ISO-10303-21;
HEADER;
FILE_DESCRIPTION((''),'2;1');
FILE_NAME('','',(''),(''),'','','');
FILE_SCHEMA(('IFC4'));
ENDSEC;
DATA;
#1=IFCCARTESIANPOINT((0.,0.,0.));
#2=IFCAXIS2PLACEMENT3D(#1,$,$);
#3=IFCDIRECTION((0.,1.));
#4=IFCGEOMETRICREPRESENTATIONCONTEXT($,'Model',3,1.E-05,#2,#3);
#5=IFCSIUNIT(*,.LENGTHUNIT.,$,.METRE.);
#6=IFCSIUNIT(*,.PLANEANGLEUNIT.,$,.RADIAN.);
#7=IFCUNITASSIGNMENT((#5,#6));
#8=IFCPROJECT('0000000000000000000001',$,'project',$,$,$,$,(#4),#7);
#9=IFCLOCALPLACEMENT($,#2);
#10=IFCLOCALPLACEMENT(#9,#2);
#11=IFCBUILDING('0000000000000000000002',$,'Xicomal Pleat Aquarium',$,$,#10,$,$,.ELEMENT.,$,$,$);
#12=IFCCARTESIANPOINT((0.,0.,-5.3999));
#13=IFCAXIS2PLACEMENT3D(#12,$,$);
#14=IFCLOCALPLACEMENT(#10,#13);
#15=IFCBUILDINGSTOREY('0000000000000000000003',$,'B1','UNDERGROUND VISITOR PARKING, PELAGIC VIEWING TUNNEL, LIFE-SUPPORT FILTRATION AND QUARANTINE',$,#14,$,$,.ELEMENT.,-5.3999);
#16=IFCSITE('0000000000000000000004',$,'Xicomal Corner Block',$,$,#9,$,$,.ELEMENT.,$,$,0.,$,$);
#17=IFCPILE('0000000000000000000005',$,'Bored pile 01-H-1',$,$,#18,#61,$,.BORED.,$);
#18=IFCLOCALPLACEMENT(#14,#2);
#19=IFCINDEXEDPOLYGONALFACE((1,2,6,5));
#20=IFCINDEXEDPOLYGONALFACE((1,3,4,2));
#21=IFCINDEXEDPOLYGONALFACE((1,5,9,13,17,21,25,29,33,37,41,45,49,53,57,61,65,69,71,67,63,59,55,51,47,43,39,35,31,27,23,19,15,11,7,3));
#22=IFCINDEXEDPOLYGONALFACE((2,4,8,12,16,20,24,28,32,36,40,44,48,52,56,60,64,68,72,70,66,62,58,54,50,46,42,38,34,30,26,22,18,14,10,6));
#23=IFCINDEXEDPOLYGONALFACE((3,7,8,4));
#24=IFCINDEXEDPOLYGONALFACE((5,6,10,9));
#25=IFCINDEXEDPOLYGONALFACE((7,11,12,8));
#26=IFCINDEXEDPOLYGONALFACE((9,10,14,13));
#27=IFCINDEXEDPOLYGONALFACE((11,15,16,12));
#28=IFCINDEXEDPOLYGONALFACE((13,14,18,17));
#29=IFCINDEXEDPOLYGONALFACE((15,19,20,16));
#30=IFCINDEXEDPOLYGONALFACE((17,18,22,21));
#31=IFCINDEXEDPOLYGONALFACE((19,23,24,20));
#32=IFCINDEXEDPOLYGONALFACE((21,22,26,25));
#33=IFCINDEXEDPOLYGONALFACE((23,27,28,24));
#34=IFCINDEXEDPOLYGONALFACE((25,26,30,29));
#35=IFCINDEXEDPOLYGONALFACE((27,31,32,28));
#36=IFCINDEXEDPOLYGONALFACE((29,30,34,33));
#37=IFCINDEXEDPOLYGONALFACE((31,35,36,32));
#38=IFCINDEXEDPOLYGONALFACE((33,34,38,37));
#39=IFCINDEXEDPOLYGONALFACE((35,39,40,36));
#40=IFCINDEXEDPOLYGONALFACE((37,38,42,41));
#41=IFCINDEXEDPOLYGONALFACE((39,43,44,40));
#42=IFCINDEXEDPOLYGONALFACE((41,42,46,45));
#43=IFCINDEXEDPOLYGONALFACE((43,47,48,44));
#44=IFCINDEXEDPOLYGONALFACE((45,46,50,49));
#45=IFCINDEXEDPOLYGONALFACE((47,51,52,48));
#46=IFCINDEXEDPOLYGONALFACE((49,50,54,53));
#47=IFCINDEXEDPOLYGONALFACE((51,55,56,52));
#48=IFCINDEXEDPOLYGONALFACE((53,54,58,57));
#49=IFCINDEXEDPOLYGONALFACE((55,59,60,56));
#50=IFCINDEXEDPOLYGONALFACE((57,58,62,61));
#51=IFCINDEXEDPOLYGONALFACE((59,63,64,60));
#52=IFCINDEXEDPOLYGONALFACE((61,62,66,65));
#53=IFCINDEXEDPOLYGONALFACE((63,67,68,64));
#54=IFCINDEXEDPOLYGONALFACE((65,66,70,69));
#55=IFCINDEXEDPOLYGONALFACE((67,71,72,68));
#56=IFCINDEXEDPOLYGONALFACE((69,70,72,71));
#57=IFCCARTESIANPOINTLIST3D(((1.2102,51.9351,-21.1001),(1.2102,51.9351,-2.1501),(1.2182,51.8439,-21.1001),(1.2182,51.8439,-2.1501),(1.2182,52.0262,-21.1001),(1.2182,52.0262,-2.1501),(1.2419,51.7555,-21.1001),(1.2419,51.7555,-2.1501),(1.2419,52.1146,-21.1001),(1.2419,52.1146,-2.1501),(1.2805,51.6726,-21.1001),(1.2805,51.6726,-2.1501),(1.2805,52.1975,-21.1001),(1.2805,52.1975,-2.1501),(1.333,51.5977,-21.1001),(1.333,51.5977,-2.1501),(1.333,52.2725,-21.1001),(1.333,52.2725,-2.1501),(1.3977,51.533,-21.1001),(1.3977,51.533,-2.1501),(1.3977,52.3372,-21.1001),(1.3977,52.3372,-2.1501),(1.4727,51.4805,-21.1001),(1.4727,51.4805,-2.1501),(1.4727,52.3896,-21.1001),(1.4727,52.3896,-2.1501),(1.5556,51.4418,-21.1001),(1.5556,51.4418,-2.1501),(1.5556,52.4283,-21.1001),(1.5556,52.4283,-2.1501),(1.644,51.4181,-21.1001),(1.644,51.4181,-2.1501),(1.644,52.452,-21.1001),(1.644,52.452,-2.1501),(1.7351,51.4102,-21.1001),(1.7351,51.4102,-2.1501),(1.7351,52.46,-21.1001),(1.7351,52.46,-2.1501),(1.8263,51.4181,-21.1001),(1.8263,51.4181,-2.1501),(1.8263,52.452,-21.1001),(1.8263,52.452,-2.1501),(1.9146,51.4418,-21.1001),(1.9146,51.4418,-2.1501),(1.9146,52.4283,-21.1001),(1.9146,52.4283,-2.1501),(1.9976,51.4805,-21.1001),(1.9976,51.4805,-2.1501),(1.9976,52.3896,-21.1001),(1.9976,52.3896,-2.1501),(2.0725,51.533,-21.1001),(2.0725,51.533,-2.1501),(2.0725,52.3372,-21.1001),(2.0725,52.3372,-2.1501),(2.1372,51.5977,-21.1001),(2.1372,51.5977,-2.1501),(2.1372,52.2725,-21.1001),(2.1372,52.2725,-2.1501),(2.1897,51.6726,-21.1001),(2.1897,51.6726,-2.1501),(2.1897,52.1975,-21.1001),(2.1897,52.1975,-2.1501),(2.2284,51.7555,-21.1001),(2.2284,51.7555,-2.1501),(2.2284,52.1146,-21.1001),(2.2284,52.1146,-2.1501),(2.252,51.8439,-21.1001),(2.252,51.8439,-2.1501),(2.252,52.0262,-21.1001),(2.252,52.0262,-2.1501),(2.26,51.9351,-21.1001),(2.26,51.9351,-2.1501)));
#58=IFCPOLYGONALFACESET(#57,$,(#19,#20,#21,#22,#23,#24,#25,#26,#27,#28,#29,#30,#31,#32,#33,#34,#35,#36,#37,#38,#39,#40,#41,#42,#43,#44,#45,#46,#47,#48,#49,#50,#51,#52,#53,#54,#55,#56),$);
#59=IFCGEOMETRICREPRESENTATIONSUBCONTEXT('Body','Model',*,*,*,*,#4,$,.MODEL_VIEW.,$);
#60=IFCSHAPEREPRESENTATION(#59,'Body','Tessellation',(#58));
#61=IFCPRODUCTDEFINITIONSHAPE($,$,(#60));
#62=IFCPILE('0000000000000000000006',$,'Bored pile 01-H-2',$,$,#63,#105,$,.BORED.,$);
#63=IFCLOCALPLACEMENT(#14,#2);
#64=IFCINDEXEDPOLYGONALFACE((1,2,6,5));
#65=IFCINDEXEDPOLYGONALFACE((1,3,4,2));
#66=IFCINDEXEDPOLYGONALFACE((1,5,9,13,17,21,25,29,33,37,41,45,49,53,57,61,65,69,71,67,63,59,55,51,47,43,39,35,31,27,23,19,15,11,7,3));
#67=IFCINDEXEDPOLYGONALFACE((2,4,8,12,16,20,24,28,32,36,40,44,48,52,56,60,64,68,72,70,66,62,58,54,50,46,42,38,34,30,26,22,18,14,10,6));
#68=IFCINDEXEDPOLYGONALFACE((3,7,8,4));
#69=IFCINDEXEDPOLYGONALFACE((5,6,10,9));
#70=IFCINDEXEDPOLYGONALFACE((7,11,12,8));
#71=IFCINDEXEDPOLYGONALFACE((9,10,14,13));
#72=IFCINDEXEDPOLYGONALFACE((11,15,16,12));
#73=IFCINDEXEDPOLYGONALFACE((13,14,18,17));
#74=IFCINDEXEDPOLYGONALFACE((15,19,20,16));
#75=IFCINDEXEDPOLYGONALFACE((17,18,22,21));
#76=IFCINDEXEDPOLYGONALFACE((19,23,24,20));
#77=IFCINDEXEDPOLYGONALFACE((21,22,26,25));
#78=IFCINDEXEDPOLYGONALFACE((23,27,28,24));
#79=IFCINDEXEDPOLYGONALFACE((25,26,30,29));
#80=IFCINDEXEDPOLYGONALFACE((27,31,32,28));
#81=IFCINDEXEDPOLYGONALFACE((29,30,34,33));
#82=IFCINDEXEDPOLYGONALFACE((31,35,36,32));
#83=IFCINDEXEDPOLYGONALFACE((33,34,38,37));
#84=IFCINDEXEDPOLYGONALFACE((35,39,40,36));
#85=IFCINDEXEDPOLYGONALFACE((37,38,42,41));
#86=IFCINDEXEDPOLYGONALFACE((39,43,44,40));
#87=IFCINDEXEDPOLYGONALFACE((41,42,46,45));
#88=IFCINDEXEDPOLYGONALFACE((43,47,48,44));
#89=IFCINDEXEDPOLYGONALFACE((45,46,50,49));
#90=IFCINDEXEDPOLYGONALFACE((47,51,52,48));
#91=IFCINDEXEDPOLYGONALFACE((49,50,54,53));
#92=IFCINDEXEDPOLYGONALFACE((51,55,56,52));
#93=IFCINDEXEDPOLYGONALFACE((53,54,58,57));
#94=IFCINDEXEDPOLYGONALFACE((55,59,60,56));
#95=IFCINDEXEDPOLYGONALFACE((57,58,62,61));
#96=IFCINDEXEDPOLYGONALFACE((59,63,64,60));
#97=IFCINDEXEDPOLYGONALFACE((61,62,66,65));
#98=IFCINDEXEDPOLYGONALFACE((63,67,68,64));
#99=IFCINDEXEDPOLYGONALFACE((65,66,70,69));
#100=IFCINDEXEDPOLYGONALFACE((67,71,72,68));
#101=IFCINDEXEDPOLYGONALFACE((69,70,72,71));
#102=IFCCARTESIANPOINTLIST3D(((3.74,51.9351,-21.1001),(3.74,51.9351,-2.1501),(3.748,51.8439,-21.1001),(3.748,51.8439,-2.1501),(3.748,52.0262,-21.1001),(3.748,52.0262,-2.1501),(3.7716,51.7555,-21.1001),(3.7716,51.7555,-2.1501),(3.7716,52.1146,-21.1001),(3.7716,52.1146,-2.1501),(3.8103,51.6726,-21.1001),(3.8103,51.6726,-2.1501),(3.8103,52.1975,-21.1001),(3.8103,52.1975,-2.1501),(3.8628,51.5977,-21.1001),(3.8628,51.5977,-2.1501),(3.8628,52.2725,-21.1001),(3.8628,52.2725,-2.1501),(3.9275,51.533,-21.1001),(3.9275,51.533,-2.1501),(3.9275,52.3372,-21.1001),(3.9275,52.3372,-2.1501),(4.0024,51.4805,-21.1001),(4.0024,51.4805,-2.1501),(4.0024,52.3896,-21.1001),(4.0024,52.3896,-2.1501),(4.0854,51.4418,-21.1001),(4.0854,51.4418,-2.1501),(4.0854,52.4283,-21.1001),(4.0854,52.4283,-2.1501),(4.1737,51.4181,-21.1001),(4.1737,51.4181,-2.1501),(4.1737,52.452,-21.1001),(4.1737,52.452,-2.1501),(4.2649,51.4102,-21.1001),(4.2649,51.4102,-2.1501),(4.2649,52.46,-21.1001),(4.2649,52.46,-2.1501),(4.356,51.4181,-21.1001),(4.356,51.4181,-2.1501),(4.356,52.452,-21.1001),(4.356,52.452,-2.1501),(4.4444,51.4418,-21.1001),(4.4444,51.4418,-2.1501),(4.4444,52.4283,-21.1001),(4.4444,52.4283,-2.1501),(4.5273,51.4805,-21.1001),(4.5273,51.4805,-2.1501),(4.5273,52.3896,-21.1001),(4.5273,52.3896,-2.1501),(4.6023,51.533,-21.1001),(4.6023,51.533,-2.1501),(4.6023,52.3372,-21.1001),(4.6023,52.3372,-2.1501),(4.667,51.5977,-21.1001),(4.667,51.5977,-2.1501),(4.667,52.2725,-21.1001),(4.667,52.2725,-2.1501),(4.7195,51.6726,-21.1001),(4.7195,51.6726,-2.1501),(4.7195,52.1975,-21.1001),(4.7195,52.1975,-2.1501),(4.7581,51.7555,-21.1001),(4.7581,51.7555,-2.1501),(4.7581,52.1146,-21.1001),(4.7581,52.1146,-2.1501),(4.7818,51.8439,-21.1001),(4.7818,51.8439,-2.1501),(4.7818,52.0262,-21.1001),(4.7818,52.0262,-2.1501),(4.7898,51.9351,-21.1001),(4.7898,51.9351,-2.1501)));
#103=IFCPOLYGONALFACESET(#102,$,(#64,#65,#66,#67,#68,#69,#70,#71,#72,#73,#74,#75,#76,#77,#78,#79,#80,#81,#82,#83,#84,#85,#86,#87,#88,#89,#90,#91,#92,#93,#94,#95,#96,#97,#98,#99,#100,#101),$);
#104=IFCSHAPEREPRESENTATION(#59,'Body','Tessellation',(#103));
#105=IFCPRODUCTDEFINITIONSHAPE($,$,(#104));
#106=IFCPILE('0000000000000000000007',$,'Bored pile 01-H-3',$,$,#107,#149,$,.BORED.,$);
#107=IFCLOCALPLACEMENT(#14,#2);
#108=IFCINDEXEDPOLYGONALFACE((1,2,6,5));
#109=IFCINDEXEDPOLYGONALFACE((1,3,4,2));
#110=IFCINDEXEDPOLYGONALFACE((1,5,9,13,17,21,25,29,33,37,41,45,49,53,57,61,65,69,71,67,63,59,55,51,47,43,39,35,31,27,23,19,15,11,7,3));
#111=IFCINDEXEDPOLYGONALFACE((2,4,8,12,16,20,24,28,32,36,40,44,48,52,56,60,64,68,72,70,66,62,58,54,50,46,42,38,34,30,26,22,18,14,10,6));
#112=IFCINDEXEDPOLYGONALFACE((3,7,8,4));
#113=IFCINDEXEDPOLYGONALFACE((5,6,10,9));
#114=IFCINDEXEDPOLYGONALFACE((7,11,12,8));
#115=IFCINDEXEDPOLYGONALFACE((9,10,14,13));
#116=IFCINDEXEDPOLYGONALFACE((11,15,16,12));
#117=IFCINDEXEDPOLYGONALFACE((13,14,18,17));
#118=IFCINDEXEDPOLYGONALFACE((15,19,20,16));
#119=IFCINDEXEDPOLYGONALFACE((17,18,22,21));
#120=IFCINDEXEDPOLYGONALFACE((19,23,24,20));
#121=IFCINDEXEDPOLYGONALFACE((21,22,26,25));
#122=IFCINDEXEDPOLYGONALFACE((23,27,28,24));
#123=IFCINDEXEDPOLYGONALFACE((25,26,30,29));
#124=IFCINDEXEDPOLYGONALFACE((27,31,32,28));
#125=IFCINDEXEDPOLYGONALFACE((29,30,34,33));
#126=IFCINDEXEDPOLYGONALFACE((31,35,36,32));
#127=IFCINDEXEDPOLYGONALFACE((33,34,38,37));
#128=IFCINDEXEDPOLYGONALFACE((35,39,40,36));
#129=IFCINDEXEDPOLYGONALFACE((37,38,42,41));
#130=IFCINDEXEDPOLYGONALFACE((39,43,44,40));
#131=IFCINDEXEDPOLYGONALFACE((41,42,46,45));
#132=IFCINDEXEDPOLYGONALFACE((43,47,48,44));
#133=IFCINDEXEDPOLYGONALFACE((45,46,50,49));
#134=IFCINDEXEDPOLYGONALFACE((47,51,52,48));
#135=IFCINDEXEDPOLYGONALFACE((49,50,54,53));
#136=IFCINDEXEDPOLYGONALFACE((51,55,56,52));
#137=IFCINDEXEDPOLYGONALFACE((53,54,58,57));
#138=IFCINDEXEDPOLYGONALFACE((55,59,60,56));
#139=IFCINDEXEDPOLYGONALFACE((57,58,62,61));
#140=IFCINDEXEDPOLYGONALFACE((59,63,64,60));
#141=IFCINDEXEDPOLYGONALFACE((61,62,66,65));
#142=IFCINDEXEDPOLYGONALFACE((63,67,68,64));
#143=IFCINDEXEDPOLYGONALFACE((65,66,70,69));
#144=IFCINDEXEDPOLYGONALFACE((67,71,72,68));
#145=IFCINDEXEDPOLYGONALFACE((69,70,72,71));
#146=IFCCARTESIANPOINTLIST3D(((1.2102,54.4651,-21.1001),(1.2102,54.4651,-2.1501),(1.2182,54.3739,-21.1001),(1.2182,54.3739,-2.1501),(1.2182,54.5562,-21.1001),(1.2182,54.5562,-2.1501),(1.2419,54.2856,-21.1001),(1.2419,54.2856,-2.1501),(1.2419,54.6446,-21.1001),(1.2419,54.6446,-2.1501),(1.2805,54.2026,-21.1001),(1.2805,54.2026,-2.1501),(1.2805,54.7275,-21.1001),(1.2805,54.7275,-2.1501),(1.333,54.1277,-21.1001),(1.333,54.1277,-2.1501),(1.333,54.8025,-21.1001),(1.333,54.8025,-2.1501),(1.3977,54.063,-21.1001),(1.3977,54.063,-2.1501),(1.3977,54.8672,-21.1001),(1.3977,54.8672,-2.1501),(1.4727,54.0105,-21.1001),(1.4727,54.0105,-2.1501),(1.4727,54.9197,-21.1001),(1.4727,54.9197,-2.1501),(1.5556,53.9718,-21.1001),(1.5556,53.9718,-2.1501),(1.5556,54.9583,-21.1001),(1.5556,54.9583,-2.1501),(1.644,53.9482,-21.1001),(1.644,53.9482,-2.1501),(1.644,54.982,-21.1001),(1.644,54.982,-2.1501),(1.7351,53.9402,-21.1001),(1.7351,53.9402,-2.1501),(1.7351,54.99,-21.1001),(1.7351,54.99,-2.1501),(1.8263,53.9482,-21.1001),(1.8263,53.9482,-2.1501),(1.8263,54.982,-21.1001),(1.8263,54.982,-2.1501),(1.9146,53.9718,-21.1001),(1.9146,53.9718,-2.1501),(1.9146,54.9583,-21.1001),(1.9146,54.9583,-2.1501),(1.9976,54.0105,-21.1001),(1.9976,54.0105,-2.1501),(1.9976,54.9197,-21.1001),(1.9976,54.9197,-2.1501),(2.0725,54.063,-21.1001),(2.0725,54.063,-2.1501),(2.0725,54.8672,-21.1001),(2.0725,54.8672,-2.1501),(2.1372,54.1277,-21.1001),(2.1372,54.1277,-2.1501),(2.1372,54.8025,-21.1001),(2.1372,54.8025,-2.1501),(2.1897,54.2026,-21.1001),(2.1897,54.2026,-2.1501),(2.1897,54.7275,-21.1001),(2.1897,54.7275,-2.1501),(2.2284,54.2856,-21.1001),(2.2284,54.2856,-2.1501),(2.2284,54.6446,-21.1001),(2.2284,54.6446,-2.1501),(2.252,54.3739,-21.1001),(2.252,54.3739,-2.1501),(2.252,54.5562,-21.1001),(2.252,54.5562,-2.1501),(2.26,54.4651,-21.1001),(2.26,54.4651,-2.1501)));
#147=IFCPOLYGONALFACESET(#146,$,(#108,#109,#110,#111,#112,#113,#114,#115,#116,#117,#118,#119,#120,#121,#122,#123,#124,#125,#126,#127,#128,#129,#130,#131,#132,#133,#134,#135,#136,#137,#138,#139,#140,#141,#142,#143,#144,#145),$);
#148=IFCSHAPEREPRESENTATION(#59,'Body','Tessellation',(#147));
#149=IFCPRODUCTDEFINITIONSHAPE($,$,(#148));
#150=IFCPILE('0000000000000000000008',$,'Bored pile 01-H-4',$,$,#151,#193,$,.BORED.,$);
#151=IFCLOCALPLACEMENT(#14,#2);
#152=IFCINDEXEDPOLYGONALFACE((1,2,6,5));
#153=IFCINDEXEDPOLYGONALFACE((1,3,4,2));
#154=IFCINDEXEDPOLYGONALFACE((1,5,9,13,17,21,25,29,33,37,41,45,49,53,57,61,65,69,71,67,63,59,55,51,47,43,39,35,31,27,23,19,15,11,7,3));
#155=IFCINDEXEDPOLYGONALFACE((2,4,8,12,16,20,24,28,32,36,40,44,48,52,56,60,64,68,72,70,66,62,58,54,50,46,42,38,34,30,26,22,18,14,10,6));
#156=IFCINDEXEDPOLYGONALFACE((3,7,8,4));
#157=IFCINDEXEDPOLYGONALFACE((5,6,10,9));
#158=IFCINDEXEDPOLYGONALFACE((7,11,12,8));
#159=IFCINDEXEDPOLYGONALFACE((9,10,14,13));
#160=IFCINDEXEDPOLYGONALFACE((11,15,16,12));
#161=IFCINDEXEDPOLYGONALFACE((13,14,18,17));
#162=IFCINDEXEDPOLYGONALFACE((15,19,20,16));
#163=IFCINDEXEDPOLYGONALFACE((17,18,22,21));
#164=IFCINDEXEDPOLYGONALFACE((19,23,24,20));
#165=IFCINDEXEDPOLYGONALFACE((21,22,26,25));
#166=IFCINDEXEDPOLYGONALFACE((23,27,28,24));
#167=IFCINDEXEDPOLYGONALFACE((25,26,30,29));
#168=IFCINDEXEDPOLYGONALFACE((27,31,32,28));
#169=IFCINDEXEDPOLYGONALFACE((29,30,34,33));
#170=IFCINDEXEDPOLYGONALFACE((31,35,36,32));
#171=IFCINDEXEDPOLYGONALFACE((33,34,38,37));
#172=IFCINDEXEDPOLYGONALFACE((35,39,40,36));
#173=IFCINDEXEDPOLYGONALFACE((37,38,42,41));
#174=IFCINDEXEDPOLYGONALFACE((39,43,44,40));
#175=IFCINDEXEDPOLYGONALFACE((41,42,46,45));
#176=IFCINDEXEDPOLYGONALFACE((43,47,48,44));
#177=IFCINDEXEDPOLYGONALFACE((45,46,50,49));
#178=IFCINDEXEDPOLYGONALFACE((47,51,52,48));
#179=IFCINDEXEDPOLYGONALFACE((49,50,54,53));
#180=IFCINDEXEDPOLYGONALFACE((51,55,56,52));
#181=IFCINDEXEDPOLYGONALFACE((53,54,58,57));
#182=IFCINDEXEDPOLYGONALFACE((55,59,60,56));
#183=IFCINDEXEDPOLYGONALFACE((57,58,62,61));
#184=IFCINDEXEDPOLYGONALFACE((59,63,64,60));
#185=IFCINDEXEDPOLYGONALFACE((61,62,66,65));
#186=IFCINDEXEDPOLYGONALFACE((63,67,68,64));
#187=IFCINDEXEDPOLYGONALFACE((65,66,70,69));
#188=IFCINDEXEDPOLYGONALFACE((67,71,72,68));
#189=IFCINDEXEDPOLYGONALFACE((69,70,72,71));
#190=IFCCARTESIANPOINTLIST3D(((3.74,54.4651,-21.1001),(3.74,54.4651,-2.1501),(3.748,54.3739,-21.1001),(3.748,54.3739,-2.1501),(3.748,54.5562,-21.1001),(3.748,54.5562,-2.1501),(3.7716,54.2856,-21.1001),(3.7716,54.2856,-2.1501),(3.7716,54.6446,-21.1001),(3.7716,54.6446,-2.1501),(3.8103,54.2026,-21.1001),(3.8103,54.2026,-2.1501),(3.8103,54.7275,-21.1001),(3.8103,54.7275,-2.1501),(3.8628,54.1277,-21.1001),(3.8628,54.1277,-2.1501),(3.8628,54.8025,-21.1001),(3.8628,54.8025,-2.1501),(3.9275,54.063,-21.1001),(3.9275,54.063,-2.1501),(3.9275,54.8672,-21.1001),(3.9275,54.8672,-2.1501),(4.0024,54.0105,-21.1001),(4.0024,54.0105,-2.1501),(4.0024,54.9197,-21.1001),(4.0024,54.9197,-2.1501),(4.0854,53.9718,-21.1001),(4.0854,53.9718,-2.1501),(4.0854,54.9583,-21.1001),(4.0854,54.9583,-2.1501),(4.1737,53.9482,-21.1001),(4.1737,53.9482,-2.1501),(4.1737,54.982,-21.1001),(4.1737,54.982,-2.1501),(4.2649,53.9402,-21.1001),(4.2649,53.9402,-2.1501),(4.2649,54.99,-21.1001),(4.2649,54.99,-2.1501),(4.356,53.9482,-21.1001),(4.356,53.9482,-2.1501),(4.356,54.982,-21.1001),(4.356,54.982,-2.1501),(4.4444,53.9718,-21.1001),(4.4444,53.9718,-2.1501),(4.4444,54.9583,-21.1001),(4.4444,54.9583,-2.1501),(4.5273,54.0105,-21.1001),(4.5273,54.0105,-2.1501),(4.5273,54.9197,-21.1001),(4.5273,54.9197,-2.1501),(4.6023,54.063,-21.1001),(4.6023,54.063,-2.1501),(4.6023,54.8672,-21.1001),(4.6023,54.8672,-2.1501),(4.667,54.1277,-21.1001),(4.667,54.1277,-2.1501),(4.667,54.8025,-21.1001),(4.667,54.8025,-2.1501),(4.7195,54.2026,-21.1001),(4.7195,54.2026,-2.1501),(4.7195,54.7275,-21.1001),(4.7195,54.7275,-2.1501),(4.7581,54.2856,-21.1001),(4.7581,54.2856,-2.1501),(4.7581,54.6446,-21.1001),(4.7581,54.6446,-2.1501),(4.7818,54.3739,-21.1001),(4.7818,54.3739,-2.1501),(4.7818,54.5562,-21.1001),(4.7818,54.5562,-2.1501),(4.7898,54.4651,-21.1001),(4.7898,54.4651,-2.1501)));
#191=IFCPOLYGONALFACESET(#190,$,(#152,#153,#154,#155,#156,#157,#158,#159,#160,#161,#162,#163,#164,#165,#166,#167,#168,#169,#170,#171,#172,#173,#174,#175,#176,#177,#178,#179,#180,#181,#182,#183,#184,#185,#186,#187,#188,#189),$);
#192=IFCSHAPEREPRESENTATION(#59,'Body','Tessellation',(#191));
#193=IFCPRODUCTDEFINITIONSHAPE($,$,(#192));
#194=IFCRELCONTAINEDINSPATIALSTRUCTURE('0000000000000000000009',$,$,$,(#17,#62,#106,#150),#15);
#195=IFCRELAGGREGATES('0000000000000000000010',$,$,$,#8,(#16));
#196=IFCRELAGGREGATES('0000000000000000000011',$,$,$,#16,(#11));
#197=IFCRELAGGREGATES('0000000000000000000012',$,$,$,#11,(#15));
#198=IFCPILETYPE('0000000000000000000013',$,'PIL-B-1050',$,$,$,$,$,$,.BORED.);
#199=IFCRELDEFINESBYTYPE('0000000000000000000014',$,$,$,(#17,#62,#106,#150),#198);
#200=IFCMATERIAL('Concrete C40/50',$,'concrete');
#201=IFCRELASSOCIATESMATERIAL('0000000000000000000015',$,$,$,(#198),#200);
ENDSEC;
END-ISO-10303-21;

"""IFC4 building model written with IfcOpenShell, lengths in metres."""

from ifc_helpers import new_model, si_unit, direction, frame, origin, origin_2d, place, context, subcontext, project, spatial, circle, extrude, material, material_profile, profile_set, type_object, element, save


model = new_model("IFC4")

# Units and contexts
model_context = context("Model", 3, precision=1e-05, world=origin(), true_north=direction((0.0, 1.0)))
body_context = subcontext(model_context, "Body", "Model", "MODEL_VIEW")
ifc_project = project(units=[si_unit("LENGTHUNIT", "METRE"), si_unit("PLANEANGLEUNIT", "RADIAN")], contexts=[model_context])

# Site, building, storey
site_placement = place(None, origin())
site = spatial("IfcSite", under=ifc_project, at=site_placement, Name="Xicomal Corner Block", CompositionType="ELEMENT", RefElevation=0.0)
building_placement = place(site_placement, origin())
building = spatial("IfcBuilding", under=site, at=building_placement, Name="Xicomal Pleat Aquarium", CompositionType="ELEMENT")
storey_placement = place(building_placement, frame((0.0, 0.0, -5.3999)))
storey = spatial("IfcBuildingStorey", under=building, at=storey_placement, Name="B1", Description="UNDERGROUND VISITOR PARKING, PELAGIC VIEWING TUNNEL, LIFE-SUPPORT FILTRATION AND QUARANTINE", CompositionType="ELEMENT", Elevation=-5.3999)

# Piles
ifc_material_1 = material(Name="Concrete C40/50", Category="concrete")
ifc_material_profile_1 = material_profile(ifc_material_1, circle(Radius=0.5249, at=origin_2d()), Name="BORED PILE D1050")
ifc_profile_set_1 = profile_set([ifc_material_profile_1], Name="Concrete C40/50")
pile_type_1 = type_object("IfcPileType", Name="PIL-B-1050", PredefinedType="BORED", material=ifc_profile_set_1)
for number, where, z_axis, x_axis, name in (
    (1, (1.7351, 51.9351, -2.1501), (0.0, 0.0, -1.0), (1.0, 0.0, 0.0), "Bored pile 01-H-1"),
    (2, (4.2649, 51.9351, -2.1501), (0.0, 0.0, -1.0), (1.0, 0.0, 0.0), "Bored pile 01-H-2"),
    (3, (1.7351, 54.4651, -2.1501), (0.0, 0.0, -1.0), (1.0, 0.0, 0.0), "Bored pile 01-H-3"),
    (4, (4.2649, 54.4651, -2.1501), (0.0, 0.0, -1.0), (1.0, 0.0, 0.0), "Bored pile 01-H-4"),
):
    element("IfcPile", number, at=place(storey_placement, frame(where, z_axis=z_axis, x_axis=x_axis)), inside=storey, type_object=pile_type_1, Name=name, PredefinedType="BORED", context=body_context, shape_type="SweptSolid", body=[
        extrude(circle(Radius=0.5249, at=origin_2d()), origin(), (0.0, 0.0, 1.0), 18.95),
    ])

save(model, "model.ifc")
